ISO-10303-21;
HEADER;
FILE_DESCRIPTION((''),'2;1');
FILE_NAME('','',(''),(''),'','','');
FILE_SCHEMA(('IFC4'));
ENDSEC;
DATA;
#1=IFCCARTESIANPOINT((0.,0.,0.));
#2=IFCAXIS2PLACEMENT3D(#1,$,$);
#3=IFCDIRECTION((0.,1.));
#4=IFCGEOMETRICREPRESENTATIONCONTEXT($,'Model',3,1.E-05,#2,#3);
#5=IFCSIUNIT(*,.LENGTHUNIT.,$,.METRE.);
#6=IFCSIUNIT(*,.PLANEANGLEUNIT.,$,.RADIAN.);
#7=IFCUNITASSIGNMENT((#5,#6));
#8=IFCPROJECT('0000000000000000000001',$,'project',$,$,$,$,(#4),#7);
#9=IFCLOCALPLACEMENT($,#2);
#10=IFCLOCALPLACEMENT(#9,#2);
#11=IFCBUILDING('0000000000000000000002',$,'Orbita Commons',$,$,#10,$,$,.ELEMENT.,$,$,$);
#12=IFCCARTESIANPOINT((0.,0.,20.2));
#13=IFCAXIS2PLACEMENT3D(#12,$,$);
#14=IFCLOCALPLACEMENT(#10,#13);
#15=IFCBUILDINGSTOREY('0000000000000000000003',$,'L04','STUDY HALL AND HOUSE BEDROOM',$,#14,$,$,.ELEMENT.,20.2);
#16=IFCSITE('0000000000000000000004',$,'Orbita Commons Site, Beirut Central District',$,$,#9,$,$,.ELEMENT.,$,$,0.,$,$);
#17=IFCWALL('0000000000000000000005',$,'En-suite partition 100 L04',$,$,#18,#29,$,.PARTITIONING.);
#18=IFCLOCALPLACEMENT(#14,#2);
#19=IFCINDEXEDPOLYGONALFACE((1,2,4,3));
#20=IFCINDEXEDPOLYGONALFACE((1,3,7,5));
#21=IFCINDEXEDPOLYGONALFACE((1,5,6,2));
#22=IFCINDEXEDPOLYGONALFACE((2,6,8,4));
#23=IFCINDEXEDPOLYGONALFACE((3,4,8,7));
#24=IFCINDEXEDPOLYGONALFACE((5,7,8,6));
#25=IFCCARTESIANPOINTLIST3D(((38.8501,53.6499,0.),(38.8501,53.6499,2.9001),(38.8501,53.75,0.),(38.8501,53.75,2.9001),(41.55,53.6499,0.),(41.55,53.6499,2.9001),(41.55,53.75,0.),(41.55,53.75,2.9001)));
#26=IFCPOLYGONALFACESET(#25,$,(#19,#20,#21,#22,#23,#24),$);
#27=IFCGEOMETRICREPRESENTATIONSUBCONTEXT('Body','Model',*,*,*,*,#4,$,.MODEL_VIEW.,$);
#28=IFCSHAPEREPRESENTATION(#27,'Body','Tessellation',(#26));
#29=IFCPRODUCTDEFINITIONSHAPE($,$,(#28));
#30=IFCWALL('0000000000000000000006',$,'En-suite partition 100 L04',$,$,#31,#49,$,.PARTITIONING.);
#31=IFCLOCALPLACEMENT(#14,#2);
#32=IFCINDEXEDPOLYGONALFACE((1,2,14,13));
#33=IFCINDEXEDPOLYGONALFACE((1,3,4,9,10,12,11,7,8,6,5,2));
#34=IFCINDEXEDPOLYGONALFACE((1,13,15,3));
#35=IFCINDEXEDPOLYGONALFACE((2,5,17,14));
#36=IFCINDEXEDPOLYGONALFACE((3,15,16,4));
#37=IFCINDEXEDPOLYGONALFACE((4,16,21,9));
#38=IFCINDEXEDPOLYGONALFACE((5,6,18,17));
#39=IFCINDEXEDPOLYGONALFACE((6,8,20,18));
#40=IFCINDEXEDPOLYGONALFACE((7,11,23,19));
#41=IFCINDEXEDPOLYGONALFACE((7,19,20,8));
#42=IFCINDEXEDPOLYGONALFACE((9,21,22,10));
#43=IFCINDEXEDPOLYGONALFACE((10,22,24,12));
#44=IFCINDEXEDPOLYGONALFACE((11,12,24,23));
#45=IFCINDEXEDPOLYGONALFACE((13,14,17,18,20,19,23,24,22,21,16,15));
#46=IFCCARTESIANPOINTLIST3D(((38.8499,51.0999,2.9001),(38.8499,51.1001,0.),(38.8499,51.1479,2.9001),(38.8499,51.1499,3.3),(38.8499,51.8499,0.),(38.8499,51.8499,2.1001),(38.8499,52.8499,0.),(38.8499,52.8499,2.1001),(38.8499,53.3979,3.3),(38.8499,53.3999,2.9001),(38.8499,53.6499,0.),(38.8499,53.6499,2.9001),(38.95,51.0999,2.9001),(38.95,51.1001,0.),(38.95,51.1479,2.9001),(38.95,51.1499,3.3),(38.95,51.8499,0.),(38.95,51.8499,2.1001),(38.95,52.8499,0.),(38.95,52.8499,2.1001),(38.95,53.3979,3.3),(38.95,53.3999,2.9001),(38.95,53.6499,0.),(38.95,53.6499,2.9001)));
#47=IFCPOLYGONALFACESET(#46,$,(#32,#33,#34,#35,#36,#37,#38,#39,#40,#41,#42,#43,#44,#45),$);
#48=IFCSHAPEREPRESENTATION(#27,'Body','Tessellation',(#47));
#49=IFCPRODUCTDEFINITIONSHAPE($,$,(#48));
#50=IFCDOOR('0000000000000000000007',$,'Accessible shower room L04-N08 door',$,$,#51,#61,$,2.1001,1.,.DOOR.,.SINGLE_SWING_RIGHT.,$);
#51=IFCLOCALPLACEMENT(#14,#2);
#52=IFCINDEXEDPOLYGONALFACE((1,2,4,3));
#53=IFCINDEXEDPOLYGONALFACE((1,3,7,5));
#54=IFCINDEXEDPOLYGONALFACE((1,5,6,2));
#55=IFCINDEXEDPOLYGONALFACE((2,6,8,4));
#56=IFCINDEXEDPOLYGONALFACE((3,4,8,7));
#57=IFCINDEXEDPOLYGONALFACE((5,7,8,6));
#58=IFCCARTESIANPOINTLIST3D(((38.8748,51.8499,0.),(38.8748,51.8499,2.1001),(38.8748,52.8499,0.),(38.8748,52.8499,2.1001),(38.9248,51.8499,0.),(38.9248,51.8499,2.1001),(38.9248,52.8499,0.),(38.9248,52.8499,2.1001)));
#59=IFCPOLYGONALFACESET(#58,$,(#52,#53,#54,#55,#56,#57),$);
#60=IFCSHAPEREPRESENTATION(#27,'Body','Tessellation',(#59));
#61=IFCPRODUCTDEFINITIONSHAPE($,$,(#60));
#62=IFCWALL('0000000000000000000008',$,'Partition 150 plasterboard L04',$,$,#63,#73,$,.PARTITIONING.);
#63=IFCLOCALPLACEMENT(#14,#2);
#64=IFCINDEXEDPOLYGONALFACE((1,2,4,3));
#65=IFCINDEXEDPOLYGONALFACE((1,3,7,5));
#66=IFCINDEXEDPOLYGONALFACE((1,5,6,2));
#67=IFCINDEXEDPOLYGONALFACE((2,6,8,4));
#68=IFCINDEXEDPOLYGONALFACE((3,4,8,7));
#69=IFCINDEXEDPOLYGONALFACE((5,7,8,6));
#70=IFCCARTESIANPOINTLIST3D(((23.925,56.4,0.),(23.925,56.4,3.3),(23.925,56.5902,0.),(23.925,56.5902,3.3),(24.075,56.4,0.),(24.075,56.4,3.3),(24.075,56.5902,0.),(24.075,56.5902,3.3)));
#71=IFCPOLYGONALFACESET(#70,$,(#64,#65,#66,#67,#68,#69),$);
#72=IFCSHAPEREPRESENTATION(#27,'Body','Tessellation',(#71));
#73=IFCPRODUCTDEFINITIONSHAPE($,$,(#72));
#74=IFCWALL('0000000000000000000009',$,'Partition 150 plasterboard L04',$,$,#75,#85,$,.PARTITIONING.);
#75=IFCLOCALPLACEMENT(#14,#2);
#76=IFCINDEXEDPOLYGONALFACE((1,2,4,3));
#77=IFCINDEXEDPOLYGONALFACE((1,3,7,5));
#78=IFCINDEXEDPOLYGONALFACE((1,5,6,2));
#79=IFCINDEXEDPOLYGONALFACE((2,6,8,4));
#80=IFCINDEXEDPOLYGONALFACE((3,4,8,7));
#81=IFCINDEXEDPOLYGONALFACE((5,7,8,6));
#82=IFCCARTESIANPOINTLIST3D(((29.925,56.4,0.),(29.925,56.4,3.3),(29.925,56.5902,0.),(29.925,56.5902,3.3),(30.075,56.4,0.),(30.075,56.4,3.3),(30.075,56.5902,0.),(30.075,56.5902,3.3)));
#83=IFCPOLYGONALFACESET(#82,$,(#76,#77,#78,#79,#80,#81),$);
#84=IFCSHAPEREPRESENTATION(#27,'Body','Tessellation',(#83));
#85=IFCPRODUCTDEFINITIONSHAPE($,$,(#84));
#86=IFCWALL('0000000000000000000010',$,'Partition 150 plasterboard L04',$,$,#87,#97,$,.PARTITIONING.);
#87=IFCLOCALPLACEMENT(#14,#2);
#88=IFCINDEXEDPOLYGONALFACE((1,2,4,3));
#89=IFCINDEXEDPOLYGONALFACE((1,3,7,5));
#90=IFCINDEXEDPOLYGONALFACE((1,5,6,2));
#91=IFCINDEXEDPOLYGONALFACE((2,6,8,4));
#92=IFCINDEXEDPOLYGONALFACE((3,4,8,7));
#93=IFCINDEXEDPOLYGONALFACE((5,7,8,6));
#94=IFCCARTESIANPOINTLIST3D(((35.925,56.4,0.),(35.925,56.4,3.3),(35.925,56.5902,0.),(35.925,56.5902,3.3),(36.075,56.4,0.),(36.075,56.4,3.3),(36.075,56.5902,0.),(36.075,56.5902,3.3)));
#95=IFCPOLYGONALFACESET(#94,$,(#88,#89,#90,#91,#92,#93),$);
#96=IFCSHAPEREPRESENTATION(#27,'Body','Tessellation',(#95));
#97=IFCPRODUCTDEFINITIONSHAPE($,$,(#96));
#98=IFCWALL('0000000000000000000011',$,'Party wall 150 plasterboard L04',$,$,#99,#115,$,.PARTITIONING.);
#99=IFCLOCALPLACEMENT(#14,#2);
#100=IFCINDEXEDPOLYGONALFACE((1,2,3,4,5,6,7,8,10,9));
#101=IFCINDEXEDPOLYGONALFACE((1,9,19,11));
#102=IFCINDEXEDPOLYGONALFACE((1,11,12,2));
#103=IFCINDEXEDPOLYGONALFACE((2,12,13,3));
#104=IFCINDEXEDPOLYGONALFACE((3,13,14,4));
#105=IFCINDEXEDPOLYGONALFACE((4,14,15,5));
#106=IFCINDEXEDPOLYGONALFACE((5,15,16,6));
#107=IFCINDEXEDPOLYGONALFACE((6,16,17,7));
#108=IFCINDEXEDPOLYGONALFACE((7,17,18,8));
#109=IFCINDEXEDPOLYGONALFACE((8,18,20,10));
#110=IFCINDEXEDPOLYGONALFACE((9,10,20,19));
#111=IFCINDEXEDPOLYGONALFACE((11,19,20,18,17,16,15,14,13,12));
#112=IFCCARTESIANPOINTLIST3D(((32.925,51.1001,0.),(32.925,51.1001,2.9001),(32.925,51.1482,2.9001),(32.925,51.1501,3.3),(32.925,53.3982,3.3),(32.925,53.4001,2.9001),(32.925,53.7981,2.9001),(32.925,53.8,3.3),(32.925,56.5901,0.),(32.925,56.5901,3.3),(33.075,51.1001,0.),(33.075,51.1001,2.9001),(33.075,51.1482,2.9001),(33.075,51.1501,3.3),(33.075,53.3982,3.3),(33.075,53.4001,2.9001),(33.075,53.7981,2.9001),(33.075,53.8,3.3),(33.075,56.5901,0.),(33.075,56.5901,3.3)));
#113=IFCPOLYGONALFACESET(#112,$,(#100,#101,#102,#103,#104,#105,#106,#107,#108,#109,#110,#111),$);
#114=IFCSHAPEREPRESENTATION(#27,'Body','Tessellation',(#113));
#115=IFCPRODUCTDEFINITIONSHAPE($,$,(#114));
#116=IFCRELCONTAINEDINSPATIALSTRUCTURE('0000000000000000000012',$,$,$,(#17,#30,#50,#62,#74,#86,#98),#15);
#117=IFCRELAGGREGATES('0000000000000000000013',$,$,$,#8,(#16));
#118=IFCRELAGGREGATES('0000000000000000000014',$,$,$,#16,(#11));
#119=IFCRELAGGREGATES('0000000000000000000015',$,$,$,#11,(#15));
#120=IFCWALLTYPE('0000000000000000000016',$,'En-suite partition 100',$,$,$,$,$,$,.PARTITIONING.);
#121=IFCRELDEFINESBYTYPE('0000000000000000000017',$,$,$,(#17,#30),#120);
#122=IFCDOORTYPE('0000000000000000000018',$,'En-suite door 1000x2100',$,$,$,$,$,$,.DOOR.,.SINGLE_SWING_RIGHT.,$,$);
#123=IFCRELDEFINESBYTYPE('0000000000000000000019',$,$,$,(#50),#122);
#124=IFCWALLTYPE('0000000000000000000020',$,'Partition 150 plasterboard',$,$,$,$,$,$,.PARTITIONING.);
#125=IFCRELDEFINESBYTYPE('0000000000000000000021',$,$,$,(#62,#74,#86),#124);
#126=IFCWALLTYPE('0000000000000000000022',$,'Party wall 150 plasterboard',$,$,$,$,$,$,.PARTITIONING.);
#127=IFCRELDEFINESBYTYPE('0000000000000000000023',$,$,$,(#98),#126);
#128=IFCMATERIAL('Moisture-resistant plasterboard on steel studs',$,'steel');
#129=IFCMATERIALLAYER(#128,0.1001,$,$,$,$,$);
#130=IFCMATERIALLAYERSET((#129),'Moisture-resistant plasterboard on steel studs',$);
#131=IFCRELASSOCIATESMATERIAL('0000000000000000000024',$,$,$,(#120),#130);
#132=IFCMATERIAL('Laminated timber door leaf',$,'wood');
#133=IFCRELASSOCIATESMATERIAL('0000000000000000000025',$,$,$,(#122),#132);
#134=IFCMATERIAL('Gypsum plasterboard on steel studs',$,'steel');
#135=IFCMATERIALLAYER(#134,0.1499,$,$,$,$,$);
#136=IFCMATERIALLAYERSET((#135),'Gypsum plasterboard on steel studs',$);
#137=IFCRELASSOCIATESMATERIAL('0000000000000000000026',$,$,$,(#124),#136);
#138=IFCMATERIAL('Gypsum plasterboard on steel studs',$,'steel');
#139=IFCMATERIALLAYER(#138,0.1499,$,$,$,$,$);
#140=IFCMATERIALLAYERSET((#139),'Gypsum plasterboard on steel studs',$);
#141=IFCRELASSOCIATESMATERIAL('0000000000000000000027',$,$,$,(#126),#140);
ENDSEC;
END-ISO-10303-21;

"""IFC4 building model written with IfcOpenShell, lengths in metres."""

from ifc_helpers import new_model, si_unit, direction, frame, frame_2d, origin, place, context, subcontext, project, spatial, polyline, rectangle, outline, extrude, material, layer, layer_set, type_object, element, fill, save


model = new_model("IFC4")

# Units and contexts
model_context = context("Model", 3, precision=1e-05, world=origin(), true_north=direction((0.0, 1.0)))
body_context = subcontext(model_context, "Body", "Model", "MODEL_VIEW")
ifc_project = project(units=[si_unit("LENGTHUNIT", "METRE"), si_unit("PLANEANGLEUNIT", "RADIAN")], contexts=[model_context])

# Site, building, storey
site_placement = place(None, origin())
site = spatial("IfcSite", under=ifc_project, at=site_placement, Name="Orbita Commons Site, Beirut Central District", CompositionType="ELEMENT", RefElevation=0.0)
building_placement = place(site_placement, origin())
building = spatial("IfcBuilding", under=site, at=building_placement, Name="Orbita Commons", CompositionType="ELEMENT")
storey_placement = place(building_placement, frame((0.0, 0.0, 20.2)))
storey = spatial("IfcBuildingStorey", under=building, at=storey_placement, Name="L04", Description="STUDY HALL AND HOUSE BEDROOM", CompositionType="ELEMENT", Elevation=20.2)

# Wall
ifc_material_1 = material(Name="Moisture-resistant plasterboard on steel studs", Category="steel")
ifc_layer_1 = layer(ifc_material_1, 0.1001)
ifc_layer_set_1 = layer_set([ifc_layer_1], Name="Moisture-resistant plasterboard on steel studs")
wall_type_1 = type_object("IfcWallType", Name="En-suite partition 100", PredefinedType="PARTITIONING", material=ifc_layer_set_1)
wall_1_placement = place(storey_placement, frame((38.8501, 53.7, 0.0), z_axis=(0.0, 0.0, 1.0), x_axis=(1.0, 0.0, 0.0)))
element("IfcWall", 1, at=wall_1_placement, inside=storey, type_object=wall_type_1, Name="En-suite partition 100 L04", PredefinedType="PARTITIONING", context=body_context, shape_type="SweptSolid", body=[
    extrude(outline(polyline([(0.0, 0.0), (2.7, 0.0), (2.7, 2.9001), (0.0, 2.9001), (0.0, 0.0)])), frame((0.0, 0.05, 0.0), z_axis=(0.0, -1.0, 0.0), x_axis=(1.0, 0.0, 0.0)), (0.0, 0.0, 1.0), 0.1001),
])

# Wall, opening, door
wall_2_placement = place(storey_placement, frame((38.8999, 53.6499, 0.0), z_axis=(0.0, 0.0, 1.0), x_axis=(0.0, -1.0, 0.0)))
wall_2 = element("IfcWall", 2, at=wall_2_placement, inside=storey, type_object=wall_type_1, Name="En-suite partition 100 L04", PredefinedType="PARTITIONING", context=body_context, shape_type="SweptSolid", body=[
    extrude(outline(polyline([(0.0, 0.0), (2.5498, 0.0), (2.55, 2.9001), (2.502, 2.9001), (2.5, 3.3), (0.252, 3.3), (0.25, 2.9001), (0.0, 2.9001), (0.0, 0.0)])), frame((0.0, 0.05, 0.0), z_axis=(0.0, -1.0, 0.0), x_axis=(1.0, 0.0, 0.0)), (0.0, 0.0, 1.0), 0.1001),
])
opening_placement = place(wall_2_placement, frame((0.8, 0.0, 0.0)))
opening = element("IfcOpeningElement", 3, at=opening_placement, cuts=wall_2, PredefinedType="OPENING", context=body_context, shape_type="SweptSolid", body=[
    extrude(rectangle(XDim=1.0, YDim=2.1001, at=frame_2d((0.5, 1.05))), frame((0.0, 0.0601, 0.0), z_axis=(0.0, -1.0, 0.0), x_axis=(1.0, 0.0, 0.0)), (0.0, 0.0, 1.0), 0.1201),
])
ifc_material_2 = material(Name="Laminated timber door leaf", Category="wood")
door_type = type_object("IfcDoorType", Name="En-suite door 1000x2100", OperationType="SINGLE_SWING_RIGHT", PredefinedType="DOOR", material=ifc_material_2)
door_placement = place(opening_placement, origin())
door = element("IfcDoor", 4, at=door_placement, inside=storey, type_object=door_type, Name="Accessible shower room L04-N08 door", OperationType="SINGLE_SWING_RIGHT", OverallHeight=2.1001, OverallWidth=1.0, PredefinedType="DOOR", context=body_context, shape_type="SweptSolid", body=[
    extrude(rectangle(XDim=1.0, YDim=2.1001, at=frame_2d((0.5, 1.05))), frame((0.0, 0.0249, 0.0), z_axis=(0.0, -1.0, 0.0), x_axis=(1.0, 0.0, 0.0)), (0.0, 0.0, 1.0), 0.05),
])
fill(opening, door)

# Walls
ifc_material_3 = material(Name="Gypsum plasterboard on steel studs", Category="steel")
ifc_layer_2 = layer(ifc_material_3, 0.1499)
ifc_layer_set_2 = layer_set([ifc_layer_2], Name="Gypsum plasterboard on steel studs")
wall_type_2 = type_object("IfcWallType", Name="Partition 150 plasterboard", PredefinedType="PARTITIONING", material=ifc_layer_set_2)
for number, where, z_axis, x_axis, name in (
    (5, (24.0, 56.3999, 0.0), (0.0, 0.0, 1.0), (0.0, 1.0, 0.0), "Partition 150 plasterboard L04"),
    (6, (30.0, 56.3999, 0.0), (0.0, 0.0, 1.0), (0.0, 1.0, 0.0), "Partition 150 plasterboard L04"),
    (7, (36.0, 56.3999, 0.0), (0.0, 0.0, 1.0), (0.0, 1.0, 0.0), "Partition 150 plasterboard L04"),
):
    element("IfcWall", number, at=place(storey_placement, frame(where, z_axis=z_axis, x_axis=x_axis)), inside=storey, type_object=wall_type_2, Name=name, PredefinedType="PARTITIONING", context=body_context, shape_type="SweptSolid", body=[
        extrude(rectangle(XDim=0.1902, YDim=0.1499, at=frame_2d((0.0952, 0.0))), origin(), (0.0, 0.0, 1.0), 3.3),
    ])
ifc_material_4 = material(Name="Gypsum plasterboard on steel studs", Category="steel")
ifc_layer_3 = layer(ifc_material_4, 0.1499)
ifc_layer_set_3 = layer_set([ifc_layer_3], Name="Gypsum plasterboard on steel studs")
wall_type_3 = type_object("IfcWallType", Name="Party wall 150 plasterboard", PredefinedType="PARTITIONING", material=ifc_layer_set_3)
wall_3_placement = place(storey_placement, frame((33.0, 56.5901, 0.0), z_axis=(0.0, 0.0, 1.0), x_axis=(0.0, -1.0, 0.0)))
element("IfcWall", 8, at=wall_3_placement, inside=storey, type_object=wall_type_3, Name="Party wall 150 plasterboard L04", PredefinedType="PARTITIONING", context=body_context, shape_type="SweptSolid", body=[
    extrude(outline(polyline([(0.0, 0.0), (5.49, 0.0), (5.49, 2.9001), (5.4419, 2.9001), (5.4399, 3.3), (3.1919, 3.3), (3.1899, 2.9001), (2.792, 2.9001), (2.79, 3.3), (0.0, 3.3), (0.0, 0.0)])), frame((0.0, 0.075, 0.0), z_axis=(0.0, -1.0, 0.0), x_axis=(1.0, 0.0, 0.0)), (0.0, 0.0, 1.0), 0.1499),
])

save(model, "model.ifc")
